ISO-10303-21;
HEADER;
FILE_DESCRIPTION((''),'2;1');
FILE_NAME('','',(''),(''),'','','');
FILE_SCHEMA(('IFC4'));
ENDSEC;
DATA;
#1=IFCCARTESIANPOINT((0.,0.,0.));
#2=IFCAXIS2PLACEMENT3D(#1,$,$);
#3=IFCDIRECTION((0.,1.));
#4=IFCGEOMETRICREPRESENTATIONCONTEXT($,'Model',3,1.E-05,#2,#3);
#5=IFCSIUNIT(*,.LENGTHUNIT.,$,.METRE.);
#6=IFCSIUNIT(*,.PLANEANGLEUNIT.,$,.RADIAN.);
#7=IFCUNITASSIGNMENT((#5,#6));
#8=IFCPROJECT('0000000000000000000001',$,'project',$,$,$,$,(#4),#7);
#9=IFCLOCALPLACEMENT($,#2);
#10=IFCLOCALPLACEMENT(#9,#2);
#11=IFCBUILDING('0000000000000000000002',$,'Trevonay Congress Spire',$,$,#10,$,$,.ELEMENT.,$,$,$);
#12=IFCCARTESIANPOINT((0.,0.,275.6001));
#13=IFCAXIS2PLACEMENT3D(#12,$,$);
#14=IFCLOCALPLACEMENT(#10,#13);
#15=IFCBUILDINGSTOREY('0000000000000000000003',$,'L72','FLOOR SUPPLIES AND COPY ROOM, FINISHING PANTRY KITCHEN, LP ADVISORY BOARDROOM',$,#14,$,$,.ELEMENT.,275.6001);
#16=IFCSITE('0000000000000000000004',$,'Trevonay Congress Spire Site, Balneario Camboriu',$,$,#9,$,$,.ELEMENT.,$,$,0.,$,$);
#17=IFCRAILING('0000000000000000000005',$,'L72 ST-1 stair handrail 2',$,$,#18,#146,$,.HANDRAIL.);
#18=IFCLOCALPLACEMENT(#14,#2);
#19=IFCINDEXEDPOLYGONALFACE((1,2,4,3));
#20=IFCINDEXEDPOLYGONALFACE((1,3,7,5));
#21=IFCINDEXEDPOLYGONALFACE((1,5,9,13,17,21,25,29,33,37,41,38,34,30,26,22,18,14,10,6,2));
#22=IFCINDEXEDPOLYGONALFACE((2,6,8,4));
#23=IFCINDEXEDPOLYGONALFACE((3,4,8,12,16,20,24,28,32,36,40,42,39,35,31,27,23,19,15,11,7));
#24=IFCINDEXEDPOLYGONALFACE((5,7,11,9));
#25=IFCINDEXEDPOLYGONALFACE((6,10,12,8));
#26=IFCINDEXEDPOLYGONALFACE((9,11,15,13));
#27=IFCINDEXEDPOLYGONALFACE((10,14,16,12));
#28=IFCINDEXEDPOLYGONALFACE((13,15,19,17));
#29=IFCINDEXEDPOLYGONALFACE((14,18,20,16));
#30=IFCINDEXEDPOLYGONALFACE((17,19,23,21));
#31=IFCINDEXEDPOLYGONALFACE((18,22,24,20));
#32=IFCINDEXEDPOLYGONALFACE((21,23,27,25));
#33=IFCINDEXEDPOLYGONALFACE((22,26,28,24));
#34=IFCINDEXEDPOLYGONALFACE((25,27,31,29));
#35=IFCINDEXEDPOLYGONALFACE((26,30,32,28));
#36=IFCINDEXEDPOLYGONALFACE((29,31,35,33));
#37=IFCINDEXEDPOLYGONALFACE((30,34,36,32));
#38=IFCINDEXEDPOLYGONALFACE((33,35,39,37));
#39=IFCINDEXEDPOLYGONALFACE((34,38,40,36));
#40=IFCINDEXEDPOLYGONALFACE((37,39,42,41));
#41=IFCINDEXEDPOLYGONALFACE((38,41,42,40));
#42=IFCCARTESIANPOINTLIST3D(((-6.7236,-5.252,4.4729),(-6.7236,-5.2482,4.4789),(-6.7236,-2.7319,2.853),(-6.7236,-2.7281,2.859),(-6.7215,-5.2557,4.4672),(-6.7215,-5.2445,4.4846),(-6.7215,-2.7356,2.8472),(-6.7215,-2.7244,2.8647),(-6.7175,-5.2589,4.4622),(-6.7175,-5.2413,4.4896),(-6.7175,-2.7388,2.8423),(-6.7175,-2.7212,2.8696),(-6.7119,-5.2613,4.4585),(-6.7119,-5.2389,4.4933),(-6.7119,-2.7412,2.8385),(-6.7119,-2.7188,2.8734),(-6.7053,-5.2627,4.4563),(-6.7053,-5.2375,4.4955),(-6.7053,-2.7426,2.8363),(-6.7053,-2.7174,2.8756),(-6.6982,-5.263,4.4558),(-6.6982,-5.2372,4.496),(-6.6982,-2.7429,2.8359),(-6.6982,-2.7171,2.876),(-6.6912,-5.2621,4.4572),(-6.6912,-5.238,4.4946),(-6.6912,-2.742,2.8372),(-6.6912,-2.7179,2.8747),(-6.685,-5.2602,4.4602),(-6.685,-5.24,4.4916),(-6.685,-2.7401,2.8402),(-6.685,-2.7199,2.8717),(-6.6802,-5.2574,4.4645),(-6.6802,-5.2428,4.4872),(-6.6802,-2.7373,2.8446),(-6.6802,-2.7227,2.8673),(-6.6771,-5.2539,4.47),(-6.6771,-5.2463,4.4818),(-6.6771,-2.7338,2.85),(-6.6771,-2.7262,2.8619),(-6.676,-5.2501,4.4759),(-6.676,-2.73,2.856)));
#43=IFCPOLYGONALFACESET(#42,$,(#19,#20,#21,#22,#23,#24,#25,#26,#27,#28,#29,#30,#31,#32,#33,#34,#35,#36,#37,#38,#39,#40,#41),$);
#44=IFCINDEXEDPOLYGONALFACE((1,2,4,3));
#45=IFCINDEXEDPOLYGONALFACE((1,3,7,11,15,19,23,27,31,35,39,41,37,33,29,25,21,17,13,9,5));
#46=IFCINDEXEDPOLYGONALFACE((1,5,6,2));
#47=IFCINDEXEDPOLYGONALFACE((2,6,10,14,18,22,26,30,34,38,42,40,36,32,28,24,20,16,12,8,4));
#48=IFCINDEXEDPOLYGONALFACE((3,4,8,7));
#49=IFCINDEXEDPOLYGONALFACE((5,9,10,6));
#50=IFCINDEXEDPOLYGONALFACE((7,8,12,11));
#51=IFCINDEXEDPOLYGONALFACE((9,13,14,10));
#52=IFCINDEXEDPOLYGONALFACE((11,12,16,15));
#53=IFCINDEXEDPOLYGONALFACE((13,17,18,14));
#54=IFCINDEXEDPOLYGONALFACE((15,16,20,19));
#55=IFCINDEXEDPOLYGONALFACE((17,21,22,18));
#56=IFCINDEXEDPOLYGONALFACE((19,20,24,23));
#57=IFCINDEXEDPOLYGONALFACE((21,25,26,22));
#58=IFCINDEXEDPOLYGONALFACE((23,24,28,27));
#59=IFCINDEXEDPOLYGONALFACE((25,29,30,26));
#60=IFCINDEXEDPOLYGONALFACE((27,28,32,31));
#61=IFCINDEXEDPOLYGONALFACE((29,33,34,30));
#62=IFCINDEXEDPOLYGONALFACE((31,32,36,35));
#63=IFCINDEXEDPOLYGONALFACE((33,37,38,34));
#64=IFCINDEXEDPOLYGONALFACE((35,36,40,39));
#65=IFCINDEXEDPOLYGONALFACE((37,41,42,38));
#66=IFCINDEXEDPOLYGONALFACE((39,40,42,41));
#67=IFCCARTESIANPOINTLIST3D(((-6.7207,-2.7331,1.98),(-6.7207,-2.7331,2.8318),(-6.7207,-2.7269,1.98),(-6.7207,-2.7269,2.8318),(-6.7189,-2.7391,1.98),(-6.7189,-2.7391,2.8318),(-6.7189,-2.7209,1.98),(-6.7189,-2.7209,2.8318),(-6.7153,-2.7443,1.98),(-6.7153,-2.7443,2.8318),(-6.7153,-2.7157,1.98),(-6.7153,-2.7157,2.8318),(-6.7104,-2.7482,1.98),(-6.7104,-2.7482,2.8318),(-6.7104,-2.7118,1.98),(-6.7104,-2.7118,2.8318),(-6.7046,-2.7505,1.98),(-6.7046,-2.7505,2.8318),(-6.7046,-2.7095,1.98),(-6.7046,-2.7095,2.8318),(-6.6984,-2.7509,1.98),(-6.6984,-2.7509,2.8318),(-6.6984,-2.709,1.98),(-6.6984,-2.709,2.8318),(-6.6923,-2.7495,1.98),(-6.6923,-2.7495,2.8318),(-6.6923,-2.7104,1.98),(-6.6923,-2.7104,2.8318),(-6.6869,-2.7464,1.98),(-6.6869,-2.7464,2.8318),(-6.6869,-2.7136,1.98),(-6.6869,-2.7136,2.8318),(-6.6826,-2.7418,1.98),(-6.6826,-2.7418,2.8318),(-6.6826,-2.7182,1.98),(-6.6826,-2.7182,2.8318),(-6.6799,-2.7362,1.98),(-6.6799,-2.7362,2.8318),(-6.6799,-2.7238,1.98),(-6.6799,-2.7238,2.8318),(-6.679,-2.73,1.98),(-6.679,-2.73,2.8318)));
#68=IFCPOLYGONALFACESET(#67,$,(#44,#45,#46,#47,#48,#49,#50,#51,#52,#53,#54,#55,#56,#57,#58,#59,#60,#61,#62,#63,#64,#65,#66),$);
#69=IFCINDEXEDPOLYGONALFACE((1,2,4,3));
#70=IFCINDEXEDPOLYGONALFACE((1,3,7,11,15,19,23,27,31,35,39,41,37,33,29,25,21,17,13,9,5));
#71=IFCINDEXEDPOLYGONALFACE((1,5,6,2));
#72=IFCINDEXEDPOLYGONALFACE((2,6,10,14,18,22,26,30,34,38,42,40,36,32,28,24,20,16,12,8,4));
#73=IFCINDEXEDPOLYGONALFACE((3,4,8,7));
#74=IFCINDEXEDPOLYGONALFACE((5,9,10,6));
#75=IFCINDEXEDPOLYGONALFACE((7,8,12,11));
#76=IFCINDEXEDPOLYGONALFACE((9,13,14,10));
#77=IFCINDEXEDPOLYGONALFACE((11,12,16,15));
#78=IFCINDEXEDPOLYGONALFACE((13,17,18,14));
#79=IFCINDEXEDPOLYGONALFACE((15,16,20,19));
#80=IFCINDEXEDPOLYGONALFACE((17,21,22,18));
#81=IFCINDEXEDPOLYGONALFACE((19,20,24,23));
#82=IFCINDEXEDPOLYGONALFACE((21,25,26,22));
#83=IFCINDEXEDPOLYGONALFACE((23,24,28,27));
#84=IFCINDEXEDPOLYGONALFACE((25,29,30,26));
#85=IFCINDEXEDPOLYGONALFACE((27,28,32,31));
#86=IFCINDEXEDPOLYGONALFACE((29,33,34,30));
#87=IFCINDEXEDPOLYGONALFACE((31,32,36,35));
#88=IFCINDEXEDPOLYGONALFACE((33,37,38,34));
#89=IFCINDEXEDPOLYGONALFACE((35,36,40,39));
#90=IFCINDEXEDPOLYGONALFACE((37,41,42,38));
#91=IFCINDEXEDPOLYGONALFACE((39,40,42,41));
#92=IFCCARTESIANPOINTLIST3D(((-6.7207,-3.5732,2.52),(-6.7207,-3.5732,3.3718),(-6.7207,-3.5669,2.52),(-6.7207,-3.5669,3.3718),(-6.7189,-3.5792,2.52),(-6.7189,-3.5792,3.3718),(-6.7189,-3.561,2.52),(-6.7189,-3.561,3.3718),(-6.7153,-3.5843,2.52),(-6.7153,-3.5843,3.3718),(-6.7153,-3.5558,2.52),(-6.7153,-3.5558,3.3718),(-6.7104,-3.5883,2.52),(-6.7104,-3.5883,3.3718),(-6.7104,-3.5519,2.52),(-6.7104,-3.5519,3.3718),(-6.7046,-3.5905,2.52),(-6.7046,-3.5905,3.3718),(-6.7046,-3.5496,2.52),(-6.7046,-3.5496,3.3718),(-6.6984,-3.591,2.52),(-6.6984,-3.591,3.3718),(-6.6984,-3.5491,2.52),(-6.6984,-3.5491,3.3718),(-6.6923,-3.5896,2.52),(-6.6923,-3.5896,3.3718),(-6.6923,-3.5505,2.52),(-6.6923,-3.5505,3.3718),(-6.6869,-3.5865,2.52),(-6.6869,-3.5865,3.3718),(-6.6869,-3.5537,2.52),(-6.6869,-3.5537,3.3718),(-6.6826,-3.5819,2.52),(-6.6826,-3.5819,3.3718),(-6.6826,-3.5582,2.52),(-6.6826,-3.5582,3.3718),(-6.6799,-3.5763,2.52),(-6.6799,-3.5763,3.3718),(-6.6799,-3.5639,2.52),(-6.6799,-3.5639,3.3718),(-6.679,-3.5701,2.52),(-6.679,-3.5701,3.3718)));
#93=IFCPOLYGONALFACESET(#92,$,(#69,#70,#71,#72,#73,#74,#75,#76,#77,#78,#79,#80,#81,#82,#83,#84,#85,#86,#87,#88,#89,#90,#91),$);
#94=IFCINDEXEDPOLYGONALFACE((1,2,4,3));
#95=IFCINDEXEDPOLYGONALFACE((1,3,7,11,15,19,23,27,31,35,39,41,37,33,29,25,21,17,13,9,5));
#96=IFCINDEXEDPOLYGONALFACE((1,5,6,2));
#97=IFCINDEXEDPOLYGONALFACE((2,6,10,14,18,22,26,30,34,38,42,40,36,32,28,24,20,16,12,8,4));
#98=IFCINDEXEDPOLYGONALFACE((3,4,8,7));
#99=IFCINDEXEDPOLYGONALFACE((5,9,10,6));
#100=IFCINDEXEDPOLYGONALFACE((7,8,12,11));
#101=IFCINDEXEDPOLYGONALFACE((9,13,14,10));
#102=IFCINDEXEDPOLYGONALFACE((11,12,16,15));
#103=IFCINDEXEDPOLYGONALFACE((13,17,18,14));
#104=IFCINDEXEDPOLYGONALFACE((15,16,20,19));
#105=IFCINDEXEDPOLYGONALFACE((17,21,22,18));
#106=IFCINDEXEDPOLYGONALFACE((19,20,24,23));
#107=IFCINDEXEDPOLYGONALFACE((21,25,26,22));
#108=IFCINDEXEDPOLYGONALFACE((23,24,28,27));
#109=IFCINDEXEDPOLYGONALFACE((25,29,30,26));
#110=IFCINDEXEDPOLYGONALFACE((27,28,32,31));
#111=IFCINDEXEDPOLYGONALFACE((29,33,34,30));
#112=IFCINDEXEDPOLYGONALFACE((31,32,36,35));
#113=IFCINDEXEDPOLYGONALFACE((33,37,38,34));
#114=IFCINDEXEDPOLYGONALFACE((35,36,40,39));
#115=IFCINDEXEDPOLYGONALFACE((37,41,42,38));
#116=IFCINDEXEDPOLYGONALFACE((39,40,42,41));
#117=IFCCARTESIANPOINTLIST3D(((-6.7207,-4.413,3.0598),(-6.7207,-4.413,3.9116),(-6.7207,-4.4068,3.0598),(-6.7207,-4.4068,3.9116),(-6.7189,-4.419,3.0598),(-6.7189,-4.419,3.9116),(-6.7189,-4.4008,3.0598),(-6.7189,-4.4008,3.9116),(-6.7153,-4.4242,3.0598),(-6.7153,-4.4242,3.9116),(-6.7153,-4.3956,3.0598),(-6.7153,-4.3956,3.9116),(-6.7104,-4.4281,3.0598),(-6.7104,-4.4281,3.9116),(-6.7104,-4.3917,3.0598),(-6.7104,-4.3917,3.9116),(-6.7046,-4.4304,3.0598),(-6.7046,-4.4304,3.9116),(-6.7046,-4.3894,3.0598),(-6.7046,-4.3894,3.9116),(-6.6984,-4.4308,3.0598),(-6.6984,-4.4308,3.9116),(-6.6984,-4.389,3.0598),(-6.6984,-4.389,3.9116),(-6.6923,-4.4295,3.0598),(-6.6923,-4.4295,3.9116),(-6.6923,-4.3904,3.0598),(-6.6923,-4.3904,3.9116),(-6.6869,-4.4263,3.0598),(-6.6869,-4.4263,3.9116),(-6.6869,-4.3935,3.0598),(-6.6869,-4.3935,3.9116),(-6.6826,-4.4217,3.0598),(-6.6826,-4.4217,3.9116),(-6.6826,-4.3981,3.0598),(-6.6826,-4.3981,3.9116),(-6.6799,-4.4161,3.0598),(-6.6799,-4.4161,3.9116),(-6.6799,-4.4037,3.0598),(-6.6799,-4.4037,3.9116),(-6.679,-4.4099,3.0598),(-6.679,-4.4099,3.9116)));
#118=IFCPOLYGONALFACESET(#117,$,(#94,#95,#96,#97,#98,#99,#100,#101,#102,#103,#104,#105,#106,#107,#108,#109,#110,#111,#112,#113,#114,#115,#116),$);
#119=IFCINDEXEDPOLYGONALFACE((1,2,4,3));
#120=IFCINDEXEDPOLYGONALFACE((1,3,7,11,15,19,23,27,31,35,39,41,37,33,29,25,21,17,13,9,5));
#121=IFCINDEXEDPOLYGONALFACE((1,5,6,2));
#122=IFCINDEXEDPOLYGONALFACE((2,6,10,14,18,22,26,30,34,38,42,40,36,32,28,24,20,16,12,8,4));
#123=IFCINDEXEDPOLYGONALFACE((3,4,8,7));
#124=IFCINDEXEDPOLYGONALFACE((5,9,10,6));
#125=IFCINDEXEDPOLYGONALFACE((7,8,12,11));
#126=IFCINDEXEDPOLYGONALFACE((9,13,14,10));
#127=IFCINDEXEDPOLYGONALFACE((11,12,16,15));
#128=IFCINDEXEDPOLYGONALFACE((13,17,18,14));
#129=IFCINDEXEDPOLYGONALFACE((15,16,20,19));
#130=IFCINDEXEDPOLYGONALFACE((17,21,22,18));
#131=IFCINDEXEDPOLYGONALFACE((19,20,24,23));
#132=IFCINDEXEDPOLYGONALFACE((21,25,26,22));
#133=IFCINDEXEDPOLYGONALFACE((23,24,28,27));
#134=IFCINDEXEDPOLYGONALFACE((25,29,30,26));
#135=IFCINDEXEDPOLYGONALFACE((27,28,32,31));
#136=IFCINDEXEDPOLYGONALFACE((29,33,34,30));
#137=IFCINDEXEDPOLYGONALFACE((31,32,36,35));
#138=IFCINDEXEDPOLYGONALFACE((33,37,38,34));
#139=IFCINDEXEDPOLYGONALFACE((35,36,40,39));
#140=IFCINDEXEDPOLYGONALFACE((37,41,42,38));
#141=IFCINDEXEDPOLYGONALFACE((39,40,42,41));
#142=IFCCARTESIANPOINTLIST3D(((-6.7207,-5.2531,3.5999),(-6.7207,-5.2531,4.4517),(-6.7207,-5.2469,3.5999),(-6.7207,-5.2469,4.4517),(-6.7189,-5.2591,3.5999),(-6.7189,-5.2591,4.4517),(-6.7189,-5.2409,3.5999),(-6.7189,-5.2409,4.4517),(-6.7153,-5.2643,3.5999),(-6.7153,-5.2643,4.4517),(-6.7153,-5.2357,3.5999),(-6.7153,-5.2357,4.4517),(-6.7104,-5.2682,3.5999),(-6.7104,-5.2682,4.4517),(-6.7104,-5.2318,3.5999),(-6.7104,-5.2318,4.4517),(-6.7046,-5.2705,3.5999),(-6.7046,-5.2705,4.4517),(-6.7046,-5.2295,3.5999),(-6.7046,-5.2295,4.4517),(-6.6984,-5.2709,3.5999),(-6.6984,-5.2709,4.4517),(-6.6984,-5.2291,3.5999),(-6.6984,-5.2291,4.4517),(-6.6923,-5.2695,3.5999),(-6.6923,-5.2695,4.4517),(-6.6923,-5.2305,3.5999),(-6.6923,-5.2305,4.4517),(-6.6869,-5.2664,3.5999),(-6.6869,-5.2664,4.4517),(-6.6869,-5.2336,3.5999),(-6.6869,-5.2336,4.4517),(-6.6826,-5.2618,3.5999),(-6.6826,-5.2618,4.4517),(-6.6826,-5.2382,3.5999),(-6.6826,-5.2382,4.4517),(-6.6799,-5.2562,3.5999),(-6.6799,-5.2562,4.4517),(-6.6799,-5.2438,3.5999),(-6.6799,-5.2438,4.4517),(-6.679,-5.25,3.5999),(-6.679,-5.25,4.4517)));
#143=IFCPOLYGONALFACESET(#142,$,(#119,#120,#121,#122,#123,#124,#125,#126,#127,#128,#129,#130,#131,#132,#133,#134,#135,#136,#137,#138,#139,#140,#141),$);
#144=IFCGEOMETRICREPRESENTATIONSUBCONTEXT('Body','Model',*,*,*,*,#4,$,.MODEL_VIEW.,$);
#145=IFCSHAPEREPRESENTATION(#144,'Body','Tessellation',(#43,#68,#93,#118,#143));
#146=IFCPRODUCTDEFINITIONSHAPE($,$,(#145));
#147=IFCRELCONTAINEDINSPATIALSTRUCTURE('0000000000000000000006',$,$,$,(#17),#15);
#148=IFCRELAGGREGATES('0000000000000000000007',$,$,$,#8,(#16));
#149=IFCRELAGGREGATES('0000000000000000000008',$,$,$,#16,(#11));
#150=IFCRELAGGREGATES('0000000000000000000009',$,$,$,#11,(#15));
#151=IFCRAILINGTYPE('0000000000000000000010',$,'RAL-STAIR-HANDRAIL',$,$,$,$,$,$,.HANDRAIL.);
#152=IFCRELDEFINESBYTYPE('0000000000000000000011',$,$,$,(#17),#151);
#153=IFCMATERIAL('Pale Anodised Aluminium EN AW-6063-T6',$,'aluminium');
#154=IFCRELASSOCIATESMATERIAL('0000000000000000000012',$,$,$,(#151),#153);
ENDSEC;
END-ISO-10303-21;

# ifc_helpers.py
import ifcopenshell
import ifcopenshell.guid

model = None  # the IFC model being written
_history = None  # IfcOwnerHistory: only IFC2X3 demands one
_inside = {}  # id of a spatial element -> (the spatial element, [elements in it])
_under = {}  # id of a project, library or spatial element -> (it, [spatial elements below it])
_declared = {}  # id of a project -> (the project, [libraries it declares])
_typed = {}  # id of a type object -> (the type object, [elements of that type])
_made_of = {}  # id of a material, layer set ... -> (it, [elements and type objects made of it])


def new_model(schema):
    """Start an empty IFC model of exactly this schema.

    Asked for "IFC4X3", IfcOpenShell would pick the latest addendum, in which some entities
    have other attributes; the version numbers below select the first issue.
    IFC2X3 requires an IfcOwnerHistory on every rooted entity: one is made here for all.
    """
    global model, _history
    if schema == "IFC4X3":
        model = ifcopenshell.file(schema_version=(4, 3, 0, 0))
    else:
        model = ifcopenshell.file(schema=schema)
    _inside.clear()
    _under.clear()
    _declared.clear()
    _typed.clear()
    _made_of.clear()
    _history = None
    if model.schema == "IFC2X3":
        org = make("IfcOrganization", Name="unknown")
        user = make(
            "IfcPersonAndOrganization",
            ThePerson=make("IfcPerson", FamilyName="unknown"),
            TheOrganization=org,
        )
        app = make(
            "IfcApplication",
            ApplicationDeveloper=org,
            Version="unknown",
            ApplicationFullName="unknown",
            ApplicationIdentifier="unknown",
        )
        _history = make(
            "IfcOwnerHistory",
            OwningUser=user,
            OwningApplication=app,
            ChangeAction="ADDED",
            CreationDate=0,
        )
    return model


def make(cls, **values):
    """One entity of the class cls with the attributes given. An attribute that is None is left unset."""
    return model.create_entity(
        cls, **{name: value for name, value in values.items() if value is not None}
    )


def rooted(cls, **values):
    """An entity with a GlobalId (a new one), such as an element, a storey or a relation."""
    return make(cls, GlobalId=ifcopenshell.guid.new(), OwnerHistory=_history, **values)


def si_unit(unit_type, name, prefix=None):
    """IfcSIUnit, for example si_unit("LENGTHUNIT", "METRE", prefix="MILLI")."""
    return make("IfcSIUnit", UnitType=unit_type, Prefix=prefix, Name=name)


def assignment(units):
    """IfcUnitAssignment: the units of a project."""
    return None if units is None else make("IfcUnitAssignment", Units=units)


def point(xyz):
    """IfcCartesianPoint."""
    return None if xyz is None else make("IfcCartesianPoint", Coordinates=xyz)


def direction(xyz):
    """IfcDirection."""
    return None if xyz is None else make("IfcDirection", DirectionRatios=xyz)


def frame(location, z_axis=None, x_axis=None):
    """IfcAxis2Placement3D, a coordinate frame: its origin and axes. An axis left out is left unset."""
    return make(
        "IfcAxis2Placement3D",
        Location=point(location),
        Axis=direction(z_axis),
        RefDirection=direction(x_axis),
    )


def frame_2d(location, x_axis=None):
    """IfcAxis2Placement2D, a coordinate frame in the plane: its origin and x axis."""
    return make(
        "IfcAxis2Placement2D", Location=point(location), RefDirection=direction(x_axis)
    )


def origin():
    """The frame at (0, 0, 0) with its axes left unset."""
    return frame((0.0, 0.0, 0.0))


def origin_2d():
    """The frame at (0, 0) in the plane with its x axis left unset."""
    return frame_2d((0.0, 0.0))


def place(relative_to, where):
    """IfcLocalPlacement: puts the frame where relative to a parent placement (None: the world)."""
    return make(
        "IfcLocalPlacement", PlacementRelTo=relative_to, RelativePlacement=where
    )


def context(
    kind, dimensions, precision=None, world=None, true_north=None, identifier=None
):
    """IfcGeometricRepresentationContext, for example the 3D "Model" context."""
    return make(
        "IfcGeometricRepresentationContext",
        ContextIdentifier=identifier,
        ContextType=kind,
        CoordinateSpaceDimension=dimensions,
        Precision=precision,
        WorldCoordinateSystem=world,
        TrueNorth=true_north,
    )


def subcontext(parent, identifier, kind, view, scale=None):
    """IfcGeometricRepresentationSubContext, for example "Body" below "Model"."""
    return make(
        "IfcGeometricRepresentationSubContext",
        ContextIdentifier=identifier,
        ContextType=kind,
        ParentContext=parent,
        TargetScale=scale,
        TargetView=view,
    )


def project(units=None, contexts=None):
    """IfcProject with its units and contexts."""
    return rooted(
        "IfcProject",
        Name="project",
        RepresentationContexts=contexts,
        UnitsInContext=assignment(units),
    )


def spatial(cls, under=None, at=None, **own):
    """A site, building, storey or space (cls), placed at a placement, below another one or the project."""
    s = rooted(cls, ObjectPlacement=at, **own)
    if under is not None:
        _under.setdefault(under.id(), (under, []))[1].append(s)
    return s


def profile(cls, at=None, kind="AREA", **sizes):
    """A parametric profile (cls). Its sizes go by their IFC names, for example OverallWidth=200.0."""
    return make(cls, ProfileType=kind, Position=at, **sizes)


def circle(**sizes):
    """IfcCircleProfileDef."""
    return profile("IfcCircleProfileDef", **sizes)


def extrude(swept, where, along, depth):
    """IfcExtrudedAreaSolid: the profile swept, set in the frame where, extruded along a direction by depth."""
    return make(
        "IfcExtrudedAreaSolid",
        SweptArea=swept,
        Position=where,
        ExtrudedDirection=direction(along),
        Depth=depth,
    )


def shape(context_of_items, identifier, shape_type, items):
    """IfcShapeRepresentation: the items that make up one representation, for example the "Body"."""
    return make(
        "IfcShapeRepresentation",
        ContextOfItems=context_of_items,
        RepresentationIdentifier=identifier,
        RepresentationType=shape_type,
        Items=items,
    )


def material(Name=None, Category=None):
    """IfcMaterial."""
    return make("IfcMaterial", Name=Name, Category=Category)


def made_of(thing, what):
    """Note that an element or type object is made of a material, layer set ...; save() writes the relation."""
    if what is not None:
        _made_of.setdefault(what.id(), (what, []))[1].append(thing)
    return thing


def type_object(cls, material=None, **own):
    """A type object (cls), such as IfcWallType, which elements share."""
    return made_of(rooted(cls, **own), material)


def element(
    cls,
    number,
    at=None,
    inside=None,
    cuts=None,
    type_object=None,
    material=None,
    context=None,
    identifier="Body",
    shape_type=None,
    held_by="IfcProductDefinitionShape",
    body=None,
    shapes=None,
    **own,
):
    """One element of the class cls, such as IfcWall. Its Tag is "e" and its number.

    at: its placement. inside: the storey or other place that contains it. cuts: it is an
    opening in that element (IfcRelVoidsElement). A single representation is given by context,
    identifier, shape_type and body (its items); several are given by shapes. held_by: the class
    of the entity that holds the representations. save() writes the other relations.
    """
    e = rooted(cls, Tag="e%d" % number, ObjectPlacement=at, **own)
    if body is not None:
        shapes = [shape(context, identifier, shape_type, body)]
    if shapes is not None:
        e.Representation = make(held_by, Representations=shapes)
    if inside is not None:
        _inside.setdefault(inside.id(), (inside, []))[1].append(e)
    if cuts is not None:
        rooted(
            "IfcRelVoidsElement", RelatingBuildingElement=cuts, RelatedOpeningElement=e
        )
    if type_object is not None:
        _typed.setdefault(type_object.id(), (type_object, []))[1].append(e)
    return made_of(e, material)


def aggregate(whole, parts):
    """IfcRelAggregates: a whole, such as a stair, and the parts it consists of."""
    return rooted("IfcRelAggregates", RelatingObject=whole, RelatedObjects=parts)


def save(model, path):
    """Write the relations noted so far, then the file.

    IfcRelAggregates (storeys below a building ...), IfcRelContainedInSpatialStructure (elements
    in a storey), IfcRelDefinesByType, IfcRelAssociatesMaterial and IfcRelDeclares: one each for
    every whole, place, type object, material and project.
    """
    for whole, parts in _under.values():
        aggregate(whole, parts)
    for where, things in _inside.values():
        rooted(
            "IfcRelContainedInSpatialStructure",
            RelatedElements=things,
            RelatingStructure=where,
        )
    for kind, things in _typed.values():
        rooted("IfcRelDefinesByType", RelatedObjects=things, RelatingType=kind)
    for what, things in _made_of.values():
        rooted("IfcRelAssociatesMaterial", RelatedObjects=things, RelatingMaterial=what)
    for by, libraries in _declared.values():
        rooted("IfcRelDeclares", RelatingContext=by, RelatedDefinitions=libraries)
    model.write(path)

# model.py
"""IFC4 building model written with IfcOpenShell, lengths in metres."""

from ifc_helpers import new_model, si_unit, direction, frame, origin, origin_2d, place, context, subcontext, project, spatial, circle, extrude, material, type_object, element, save


model = new_model("IFC4")

# Units and contexts
model_context = context("Model", 3, precision=1e-05, world=origin(), true_north=direction((0.0, 1.0)))
body_context = subcontext(model_context, "Body", "Model", "MODEL_VIEW")
ifc_project = project(units=[si_unit("LENGTHUNIT", "METRE"), si_unit("PLANEANGLEUNIT", "RADIAN")], contexts=[model_context])

# Site, building, storey
site_placement = place(None, origin())
site = spatial("IfcSite", under=ifc_project, at=site_placement, Name="Trevonay Congress Spire Site, Balneario Camboriu", CompositionType="ELEMENT", RefElevation=0.0)
building_placement = place(site_placement, origin())
building = spatial("IfcBuilding", under=site, at=building_placement, Name="Trevonay Congress Spire", CompositionType="ELEMENT")
storey_placement = place(building_placement, frame((0.0, 0.0, 275.6001)))
storey = spatial("IfcBuildingStorey", under=building, at=storey_placement, Name="L72", Description="FLOOR SUPPLIES AND COPY ROOM, FINISHING PANTRY KITCHEN, LP ADVISORY BOARDROOM", CompositionType="ELEMENT", Elevation=275.6001)

# Railing
ifc_material_1 = material(Name="Pale Anodised Aluminium EN AW-6063-T6", Category="aluminium")
railing_type_1 = type_object("IfcRailingType", Name="RAL-STAIR-HANDRAIL", PredefinedType="HANDRAIL", material=ifc_material_1)
railing_1_placement = place(storey_placement, frame((-6.7, -2.73, 1.98)))
element("IfcRailing", 1, at=railing_1_placement, inside=storey, type_object=railing_type_1, Name="L72 ST-1 stair handrail 2", PredefinedType="HANDRAIL", context=body_context, shape_type="SweptSolid", body=[
    extrude(circle(Radius=0.0239, at=origin_2d()), frame((0.0, 0.0, 0.876), z_axis=(0.0, -0.8412, 0.540725), x_axis=(1.0, 0.0, 0.0)), (0.0, 0.0, 1.0), 2.9958),
    extrude(circle(Radius=0.021, at=origin_2d()), origin(), (0.0, 0.0, 1.0), 0.8518),
    extrude(circle(Radius=0.021, at=origin_2d()), frame((0.0, -0.8401, 0.54)), (0.0, 0.0, 1.0), 0.8518),
    extrude(circle(Radius=0.021, at=origin_2d()), frame((0.0, -1.6799, 1.0798)), (0.0, 0.0, 1.0), 0.8518),
    extrude(circle(Radius=0.021, at=origin_2d()), frame((0.0, -2.52, 1.6199)), (0.0, 0.0, 1.0), 0.8518),
])

save(model, "model.ifc")
